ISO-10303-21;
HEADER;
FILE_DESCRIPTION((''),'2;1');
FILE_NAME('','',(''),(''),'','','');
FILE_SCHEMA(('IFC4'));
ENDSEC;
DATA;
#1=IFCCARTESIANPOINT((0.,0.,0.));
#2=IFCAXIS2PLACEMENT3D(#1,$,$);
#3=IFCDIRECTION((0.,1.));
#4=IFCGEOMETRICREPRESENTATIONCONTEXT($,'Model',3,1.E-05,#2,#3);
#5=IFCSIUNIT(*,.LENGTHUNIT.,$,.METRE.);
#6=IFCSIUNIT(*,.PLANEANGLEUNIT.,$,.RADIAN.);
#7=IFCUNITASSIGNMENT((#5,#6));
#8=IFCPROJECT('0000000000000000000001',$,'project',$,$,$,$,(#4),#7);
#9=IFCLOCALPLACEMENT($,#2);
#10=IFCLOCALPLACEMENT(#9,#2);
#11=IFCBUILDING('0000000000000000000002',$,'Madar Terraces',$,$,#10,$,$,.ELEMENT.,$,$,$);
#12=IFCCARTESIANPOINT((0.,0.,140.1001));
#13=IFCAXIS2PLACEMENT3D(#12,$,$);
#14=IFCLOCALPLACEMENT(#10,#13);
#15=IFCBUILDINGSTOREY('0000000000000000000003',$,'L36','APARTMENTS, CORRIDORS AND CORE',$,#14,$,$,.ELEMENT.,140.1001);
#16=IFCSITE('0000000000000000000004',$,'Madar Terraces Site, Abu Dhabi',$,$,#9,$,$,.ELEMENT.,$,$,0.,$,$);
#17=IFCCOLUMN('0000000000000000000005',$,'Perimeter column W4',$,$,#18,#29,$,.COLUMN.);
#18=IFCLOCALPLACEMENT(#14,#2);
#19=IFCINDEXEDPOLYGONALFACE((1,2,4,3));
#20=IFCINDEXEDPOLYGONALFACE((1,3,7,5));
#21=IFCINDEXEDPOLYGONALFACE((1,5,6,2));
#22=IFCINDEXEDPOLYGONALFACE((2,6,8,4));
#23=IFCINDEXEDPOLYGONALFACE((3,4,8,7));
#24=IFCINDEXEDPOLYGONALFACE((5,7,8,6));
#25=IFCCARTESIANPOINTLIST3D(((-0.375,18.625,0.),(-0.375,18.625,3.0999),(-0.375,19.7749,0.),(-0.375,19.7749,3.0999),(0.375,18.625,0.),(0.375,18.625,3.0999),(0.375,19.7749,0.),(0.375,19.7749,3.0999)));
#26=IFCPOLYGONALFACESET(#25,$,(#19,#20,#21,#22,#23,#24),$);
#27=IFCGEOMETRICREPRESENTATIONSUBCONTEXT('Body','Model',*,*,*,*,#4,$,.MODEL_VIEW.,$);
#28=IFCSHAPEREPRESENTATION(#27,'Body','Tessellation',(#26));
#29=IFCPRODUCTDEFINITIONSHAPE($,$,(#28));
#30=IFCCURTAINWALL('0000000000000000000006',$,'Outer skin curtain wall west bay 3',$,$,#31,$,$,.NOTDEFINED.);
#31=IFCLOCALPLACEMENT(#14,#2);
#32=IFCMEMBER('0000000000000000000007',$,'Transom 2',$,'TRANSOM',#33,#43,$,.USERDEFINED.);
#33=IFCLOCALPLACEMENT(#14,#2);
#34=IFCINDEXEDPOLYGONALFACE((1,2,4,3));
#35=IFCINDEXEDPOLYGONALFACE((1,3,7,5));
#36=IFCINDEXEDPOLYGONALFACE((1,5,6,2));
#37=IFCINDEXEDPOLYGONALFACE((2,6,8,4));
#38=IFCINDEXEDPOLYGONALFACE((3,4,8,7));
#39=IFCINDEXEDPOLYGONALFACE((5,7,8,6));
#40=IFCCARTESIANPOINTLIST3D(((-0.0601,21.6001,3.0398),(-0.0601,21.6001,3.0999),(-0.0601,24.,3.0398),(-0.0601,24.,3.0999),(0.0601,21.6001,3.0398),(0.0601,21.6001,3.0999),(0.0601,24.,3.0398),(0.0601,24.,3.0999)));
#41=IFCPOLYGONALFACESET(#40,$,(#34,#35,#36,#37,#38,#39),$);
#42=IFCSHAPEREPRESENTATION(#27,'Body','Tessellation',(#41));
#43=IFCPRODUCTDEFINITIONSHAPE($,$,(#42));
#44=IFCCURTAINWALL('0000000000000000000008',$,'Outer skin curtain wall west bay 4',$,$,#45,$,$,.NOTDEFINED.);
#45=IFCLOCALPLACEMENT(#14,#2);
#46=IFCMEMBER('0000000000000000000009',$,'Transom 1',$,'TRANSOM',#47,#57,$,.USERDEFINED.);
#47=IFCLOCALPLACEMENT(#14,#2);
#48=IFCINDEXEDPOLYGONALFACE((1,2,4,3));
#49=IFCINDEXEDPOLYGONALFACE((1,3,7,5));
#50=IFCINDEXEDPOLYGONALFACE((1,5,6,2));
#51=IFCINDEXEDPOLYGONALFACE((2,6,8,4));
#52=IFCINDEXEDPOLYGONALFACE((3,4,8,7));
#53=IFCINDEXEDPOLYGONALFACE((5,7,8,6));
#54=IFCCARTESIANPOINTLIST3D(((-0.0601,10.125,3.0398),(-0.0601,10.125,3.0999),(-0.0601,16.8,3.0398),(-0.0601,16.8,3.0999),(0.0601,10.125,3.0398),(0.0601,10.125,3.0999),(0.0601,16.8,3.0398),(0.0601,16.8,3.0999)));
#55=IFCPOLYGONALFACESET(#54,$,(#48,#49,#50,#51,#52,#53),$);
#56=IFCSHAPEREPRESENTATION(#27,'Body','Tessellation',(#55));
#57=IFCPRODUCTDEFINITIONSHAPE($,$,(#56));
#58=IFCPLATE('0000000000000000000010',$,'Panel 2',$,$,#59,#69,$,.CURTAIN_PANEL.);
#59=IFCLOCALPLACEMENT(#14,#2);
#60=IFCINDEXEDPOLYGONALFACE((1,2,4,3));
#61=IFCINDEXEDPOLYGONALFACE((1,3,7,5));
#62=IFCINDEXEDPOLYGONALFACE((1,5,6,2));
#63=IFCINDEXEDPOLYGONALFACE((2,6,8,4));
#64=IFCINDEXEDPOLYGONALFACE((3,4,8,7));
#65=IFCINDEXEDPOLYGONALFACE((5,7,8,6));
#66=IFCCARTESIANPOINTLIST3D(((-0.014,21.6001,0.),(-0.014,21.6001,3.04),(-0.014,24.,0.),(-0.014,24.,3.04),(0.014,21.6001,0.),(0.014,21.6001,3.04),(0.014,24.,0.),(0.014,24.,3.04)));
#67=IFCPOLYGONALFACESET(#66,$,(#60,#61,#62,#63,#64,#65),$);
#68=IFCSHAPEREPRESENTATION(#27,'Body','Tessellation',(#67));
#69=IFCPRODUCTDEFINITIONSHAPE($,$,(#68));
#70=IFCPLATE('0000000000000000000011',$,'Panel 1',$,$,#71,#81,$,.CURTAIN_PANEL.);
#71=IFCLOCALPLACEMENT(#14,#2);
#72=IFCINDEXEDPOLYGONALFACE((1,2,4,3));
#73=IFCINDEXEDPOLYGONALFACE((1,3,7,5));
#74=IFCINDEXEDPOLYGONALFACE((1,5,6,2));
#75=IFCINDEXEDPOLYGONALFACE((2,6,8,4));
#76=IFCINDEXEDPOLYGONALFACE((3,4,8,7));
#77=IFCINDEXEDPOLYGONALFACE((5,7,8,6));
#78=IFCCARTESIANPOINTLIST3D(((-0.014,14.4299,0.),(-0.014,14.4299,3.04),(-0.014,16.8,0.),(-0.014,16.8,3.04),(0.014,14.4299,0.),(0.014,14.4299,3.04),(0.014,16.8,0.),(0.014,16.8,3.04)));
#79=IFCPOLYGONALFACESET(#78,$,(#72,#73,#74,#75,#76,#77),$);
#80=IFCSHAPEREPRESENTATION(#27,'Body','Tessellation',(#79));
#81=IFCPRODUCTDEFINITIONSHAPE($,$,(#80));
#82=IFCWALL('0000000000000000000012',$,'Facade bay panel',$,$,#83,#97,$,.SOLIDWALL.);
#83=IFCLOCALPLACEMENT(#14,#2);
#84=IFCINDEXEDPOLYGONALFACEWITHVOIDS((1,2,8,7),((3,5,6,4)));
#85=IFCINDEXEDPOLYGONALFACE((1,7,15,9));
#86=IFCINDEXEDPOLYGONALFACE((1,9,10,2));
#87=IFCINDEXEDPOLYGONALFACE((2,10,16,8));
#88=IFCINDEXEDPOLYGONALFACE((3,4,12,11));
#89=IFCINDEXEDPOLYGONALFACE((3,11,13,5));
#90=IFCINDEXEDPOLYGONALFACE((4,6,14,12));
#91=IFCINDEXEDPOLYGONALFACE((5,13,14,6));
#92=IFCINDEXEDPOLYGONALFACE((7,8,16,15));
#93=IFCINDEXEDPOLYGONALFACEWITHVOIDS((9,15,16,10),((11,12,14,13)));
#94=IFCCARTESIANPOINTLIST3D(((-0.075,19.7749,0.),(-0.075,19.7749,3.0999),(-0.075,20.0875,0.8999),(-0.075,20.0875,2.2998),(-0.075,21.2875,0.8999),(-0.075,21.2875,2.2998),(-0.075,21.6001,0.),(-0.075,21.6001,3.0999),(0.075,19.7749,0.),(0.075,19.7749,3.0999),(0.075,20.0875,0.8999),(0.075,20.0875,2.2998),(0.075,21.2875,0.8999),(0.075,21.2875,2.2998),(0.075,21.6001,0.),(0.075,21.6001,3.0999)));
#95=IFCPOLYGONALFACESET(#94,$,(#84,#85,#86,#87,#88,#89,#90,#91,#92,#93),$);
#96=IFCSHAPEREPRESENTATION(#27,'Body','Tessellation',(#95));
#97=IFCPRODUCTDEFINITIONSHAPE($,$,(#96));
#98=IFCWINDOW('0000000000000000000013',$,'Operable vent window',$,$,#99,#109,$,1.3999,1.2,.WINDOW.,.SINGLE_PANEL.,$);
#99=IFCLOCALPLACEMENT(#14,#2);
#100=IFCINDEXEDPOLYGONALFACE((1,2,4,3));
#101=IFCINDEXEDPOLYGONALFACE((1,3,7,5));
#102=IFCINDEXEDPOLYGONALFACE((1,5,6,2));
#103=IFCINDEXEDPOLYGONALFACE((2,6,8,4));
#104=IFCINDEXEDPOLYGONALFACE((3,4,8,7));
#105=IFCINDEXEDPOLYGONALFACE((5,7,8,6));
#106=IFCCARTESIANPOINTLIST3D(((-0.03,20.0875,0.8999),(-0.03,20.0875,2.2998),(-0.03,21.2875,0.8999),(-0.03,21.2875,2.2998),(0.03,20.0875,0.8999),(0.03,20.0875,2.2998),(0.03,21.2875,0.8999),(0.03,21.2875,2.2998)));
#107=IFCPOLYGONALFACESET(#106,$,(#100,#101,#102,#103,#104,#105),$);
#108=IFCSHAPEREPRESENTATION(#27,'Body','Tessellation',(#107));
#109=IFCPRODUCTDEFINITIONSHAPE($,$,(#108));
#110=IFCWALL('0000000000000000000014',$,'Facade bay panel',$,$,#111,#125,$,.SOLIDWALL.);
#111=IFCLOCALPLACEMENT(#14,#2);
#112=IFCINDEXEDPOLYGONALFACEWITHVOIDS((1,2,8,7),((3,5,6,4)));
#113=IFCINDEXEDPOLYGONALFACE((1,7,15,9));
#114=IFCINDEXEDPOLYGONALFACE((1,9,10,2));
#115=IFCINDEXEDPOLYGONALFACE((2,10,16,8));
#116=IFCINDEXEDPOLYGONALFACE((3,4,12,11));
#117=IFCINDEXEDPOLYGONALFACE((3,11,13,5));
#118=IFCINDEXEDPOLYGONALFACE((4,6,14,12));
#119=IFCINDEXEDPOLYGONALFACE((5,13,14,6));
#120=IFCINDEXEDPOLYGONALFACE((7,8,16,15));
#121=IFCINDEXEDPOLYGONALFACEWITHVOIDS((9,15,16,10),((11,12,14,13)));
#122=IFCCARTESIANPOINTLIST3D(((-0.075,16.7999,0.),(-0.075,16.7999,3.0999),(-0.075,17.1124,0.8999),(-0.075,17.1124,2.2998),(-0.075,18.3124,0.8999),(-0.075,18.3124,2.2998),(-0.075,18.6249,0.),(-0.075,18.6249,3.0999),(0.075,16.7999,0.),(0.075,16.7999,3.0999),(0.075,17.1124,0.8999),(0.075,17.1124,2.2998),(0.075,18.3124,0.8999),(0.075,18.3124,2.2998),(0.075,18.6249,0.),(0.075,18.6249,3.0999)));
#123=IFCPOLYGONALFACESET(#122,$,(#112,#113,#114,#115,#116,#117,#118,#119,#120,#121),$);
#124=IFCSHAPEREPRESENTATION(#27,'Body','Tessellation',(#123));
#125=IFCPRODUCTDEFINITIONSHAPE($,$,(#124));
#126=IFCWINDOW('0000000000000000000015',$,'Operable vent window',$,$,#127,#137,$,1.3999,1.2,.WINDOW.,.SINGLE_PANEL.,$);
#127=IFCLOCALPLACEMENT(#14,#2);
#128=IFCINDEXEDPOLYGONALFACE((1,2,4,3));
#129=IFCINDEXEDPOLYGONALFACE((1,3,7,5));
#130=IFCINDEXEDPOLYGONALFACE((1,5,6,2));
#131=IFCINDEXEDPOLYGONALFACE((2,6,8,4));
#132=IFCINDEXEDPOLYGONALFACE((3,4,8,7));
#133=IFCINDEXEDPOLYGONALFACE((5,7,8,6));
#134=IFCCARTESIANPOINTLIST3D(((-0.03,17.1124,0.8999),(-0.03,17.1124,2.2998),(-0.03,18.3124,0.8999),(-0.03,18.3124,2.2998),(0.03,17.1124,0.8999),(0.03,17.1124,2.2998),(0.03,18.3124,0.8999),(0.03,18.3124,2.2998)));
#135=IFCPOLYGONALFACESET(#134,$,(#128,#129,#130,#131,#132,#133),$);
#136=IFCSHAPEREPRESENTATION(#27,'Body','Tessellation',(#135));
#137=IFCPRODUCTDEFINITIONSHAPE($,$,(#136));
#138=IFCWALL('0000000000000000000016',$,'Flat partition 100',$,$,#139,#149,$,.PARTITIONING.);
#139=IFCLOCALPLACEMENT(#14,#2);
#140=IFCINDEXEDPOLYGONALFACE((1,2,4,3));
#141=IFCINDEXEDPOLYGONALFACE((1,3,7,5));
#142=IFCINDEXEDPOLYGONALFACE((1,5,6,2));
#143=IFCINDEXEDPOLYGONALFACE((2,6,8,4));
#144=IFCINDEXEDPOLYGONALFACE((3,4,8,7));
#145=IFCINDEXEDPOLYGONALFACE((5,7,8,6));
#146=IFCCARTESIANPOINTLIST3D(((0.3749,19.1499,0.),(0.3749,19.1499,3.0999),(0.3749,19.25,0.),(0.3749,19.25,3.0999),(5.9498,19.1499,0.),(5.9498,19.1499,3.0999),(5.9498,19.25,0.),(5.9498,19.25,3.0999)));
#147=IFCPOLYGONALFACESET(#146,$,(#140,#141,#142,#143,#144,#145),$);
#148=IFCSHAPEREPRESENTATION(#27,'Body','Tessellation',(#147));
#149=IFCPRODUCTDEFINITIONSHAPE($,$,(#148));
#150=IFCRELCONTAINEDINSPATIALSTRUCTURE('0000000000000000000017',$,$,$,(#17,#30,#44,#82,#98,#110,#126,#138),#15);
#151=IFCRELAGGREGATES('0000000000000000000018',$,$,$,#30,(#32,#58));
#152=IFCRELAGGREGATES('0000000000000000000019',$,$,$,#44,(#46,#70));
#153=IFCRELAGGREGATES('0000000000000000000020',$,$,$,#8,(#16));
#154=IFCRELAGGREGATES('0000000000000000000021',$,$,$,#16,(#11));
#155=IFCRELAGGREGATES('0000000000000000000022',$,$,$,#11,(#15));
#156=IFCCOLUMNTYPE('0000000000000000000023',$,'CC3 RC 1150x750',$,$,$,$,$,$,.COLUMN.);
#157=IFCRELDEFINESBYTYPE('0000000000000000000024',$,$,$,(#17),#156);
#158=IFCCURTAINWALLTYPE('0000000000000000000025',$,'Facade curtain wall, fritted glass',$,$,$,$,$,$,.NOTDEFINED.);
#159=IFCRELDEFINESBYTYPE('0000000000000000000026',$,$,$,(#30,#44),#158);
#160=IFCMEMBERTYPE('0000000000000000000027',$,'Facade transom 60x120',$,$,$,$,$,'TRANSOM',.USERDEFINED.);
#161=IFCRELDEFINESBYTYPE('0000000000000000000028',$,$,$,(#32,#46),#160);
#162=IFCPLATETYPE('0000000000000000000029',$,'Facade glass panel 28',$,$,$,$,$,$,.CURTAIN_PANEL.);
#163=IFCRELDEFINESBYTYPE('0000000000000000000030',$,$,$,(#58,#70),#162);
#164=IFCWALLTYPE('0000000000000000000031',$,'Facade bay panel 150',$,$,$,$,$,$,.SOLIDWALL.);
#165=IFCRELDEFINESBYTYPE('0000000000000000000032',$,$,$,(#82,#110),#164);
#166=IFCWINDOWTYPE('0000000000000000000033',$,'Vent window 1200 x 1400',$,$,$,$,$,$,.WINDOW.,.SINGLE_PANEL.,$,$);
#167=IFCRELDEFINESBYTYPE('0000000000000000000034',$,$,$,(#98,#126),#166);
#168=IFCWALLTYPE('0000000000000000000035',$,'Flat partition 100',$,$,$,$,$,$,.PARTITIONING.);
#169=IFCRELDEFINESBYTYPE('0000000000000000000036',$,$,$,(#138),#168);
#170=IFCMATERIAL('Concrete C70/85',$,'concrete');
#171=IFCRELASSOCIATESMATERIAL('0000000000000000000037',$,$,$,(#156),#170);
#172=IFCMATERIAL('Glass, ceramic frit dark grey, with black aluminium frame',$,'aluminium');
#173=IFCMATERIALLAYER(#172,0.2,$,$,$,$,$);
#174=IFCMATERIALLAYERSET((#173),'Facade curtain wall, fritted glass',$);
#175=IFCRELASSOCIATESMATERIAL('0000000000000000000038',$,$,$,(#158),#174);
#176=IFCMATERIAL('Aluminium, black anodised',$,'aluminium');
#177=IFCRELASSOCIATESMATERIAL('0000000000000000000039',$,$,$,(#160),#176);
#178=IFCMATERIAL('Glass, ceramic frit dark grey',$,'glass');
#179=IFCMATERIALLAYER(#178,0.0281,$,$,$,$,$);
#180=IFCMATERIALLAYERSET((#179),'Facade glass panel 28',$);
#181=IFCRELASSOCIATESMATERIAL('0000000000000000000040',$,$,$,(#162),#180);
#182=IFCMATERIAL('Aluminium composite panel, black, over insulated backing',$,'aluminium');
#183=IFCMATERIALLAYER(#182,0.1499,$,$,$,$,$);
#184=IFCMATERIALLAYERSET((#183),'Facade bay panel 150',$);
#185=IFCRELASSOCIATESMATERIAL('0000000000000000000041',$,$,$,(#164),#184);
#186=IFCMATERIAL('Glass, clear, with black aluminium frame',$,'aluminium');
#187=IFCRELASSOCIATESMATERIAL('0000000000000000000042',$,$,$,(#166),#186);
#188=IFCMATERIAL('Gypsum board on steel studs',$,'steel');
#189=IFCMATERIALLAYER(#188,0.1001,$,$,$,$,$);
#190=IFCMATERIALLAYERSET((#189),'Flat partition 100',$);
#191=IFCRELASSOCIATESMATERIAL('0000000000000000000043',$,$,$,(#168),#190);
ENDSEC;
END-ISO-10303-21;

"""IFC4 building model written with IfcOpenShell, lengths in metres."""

from ifc_helpers import new_model, si_unit, direction, frame, frame_2d, origin, origin_2d, place, context, subcontext, project, spatial, rectangle, extrude, material, layer, layer_set, material_profile, profile_set, type_object, element, fill, aggregate, save


model = new_model("IFC4")

# Units and contexts
model_context = context("Model", 3, precision=1e-05, world=origin(), true_north=direction((0.0, 1.0)))
body_context = subcontext(model_context, "Body", "Model", "MODEL_VIEW")
ifc_project = project(units=[si_unit("LENGTHUNIT", "METRE"), si_unit("PLANEANGLEUNIT", "RADIAN")], contexts=[model_context])

# Site, building, storey
site_placement = place(None, origin())
site = spatial("IfcSite", under=ifc_project, at=site_placement, Name="Madar Terraces Site, Abu Dhabi", CompositionType="ELEMENT", RefElevation=0.0)
building_placement = place(site_placement, origin())
building = spatial("IfcBuilding", under=site, at=building_placement, Name="Madar Terraces", CompositionType="ELEMENT")
storey_placement = place(building_placement, frame((0.0, 0.0, 140.1001)))
storey = spatial("IfcBuildingStorey", under=building, at=storey_placement, Name="L36", Description="APARTMENTS, CORRIDORS AND CORE", CompositionType="ELEMENT", Elevation=140.1001)

# Column
ifc_material_1 = material(Name="Concrete C70/85", Category="concrete")
ifc_material_profile_1 = material_profile(ifc_material_1, rectangle(XDim=1.1499, YDim=0.75, at=origin_2d()), Name="CC3 RC 1150x750")
ifc_profile_set_1 = profile_set([ifc_material_profile_1], Name="Concrete C70/85")
column_type = type_object("IfcColumnType", Name="CC3 RC 1150x750", PredefinedType="COLUMN", material=ifc_profile_set_1)
column_placement = place(storey_placement, frame((0.0, 19.2, 0.0), z_axis=(0.0, 0.0, 1.0), x_axis=(0.0, 1.0, 0.0)))
element("IfcColumn", 1, at=column_placement, inside=storey, type_object=column_type, Name="Perimeter column W4", PredefinedType="COLUMN", context=body_context, shape_type="SweptSolid", body=[
    extrude(rectangle(XDim=1.1499, YDim=0.75, at=origin_2d()), origin(), (0.0, 0.0, 1.0), 3.0999),
])

# Curtain walls, members
ifc_material_2 = material(Name="Glass, ceramic frit dark grey, with black aluminium frame", Category="aluminium")
ifc_layer_1 = layer(ifc_material_2, 0.2)
ifc_layer_set_1 = layer_set([ifc_layer_1], Name="Facade curtain wall, fritted glass")
curtain_wall_type = type_object("IfcCurtainWallType", Name="Facade curtain wall, fritted glass", PredefinedType="NOTDEFINED", material=ifc_layer_set_1)
curtain_wall_1_placement = place(storey_placement, origin())
curtain_wall_1 = element("IfcCurtainWall", 2, at=curtain_wall_1_placement, inside=storey, type_object=curtain_wall_type, Name="Outer skin curtain wall west bay 3", PredefinedType="NOTDEFINED")
ifc_material_3 = material(Name="Aluminium, black anodised", Category="aluminium")
ifc_material_profile_2 = material_profile(ifc_material_3, rectangle(XDim=0.1201, YDim=0.0601, at=origin_2d()), Name="Facade transom 60x120")
ifc_profile_set_2 = profile_set([ifc_material_profile_2], Name="Aluminium, black anodised")
member_type = type_object("IfcMemberType", Name="Facade transom 60x120", ElementType="TRANSOM", PredefinedType="USERDEFINED", material=ifc_profile_set_2)
member_1_placement = place(storey_placement, frame((0.0, 24.0, 3.0698), z_axis=(0.0, -1.0, 0.0), x_axis=(1.0, 0.0, 0.0)))
member_1 = element("IfcMember", 3, at=member_1_placement, type_object=member_type, Name="Transom 2", ObjectType="TRANSOM", PredefinedType="USERDEFINED", context=body_context, shape_type="SweptSolid", body=[
    extrude(rectangle(XDim=0.1201, YDim=0.0601, at=origin_2d()), origin(), (0.0, 0.0, 1.0), 2.3999),
])
curtain_wall_2_placement = place(storey_placement, origin())
curtain_wall_2 = element("IfcCurtainWall", 4, at=curtain_wall_2_placement, inside=storey, type_object=curtain_wall_type, Name="Outer skin curtain wall west bay 4", PredefinedType="NOTDEFINED")
member_2_placement = place(storey_placement, frame((0.0, 16.8, 3.0698), z_axis=(0.0, -1.0, 0.0), x_axis=(1.0, 0.0, 0.0)))
member_2 = element("IfcMember", 5, at=member_2_placement, type_object=member_type, Name="Transom 1", ObjectType="TRANSOM", PredefinedType="USERDEFINED", context=body_context, shape_type="SweptSolid", body=[
    extrude(rectangle(XDim=0.1201, YDim=0.0601, at=origin_2d()), origin(), (0.0, 0.0, 1.0), 6.675),
])

# Plates
ifc_material_4 = material(Name="Glass, ceramic frit dark grey", Category="glass")
ifc_layer_2 = layer(ifc_material_4, 0.0281)
ifc_layer_set_2 = layer_set([ifc_layer_2], Name="Facade glass panel 28")
plate_type = type_object("IfcPlateType", Name="Facade glass panel 28", PredefinedType="CURTAIN_PANEL", material=ifc_layer_set_2)
plate_1_placement = place(storey_placement, frame((0.0, 22.8, 0.0), z_axis=(0.0, 0.0, 1.0), x_axis=(0.0, -1.0, 0.0)))
plate_1 = element("IfcPlate", 6, at=plate_1_placement, type_object=plate_type, Name="Panel 2", PredefinedType="CURTAIN_PANEL", context=body_context, shape_type="SweptSolid", body=[
    extrude(rectangle(XDim=2.3999, YDim=0.0281, at=origin_2d()), origin(), (0.0, 0.0, 1.0), 3.04),
])
aggregate(curtain_wall_1, [member_1, plate_1])
plate_2_placement = place(storey_placement, frame((0.0, 15.615, 0.0), z_axis=(0.0, 0.0, 1.0), x_axis=(0.0, -1.0, 0.0)))
plate_2 = element("IfcPlate", 7, at=plate_2_placement, type_object=plate_type, Name="Panel 1", PredefinedType="CURTAIN_PANEL", context=body_context, shape_type="SweptSolid", body=[
    extrude(rectangle(XDim=2.3701, YDim=0.0281, at=origin_2d()), origin(), (0.0, 0.0, 1.0), 3.04),
])
aggregate(curtain_wall_2, [member_2, plate_2])

# Walls, openings, windows
ifc_material_5 = material(Name="Aluminium composite panel, black, over insulated backing", Category="aluminium")
ifc_layer_3 = layer(ifc_material_5, 0.1499)
ifc_layer_set_3 = layer_set([ifc_layer_3], Name="Facade bay panel 150")
wall_type_1 = type_object("IfcWallType", Name="Facade bay panel 150", PredefinedType="SOLIDWALL", material=ifc_layer_set_3)
wall_1_placement = place(storey_placement, frame((0.0, 21.6001, 0.0), z_axis=(0.0, 0.0, 1.0), x_axis=(0.0, -1.0, 0.0)))
wall_1 = element("IfcWall", 8, at=wall_1_placement, inside=storey, type_object=wall_type_1, Name="Facade bay panel", PredefinedType="SOLIDWALL", context=body_context, shape_type="SweptSolid", body=[
    extrude(rectangle(XDim=1.8252, YDim=0.1499, at=frame_2d((0.9126, 0.0))), origin(), (0.0, 0.0, 1.0), 3.0999),
])
opening_1_placement = place(wall_1_placement, frame((0.3125, 0.0, 0.8999)))
opening_1 = element("IfcOpeningElement", 9, at=opening_1_placement, cuts=wall_1, PredefinedType="OPENING", context=body_context, shape_type="SweptSolid", body=[
    extrude(rectangle(XDim=1.2, YDim=1.3999, at=frame_2d((0.6001, 0.7))), frame((0.0, 0.085, 0.0), z_axis=(0.0, -1.0, 0.0), x_axis=(1.0, 0.0, 0.0)), (0.0, 0.0, 1.0), 0.1699),
])
ifc_material_6 = material(Name="Glass, clear, with black aluminium frame", Category="aluminium")
window_type = type_object("IfcWindowType", Name="Vent window 1200 x 1400", PartitioningType="SINGLE_PANEL", PredefinedType="WINDOW", material=ifc_material_6)
window_1_placement = place(opening_1_placement, origin())
window_1 = element("IfcWindow", 10, at=window_1_placement, inside=storey, type_object=window_type, Name="Operable vent window", OverallHeight=1.3999, OverallWidth=1.2, PartitioningType="SINGLE_PANEL", PredefinedType="WINDOW", context=body_context, shape_type="SweptSolid", body=[
    extrude(rectangle(XDim=1.2, YDim=1.3999, at=frame_2d((0.6001, 0.7))), frame((0.0, 0.03, 0.0), z_axis=(0.0, -1.0, 0.0), x_axis=(1.0, 0.0, 0.0)), (0.0, 0.0, 1.0), 0.0601),
])
fill(opening_1, window_1)
wall_2_placement = place(storey_placement, frame((0.0, 18.625, 0.0), z_axis=(0.0, 0.0, 1.0), x_axis=(0.0, -1.0, 0.0)))
wall_2 = element("IfcWall", 11, at=wall_2_placement, inside=storey, type_object=wall_type_1, Name="Facade bay panel", PredefinedType="SOLIDWALL", context=body_context, shape_type="SweptSolid", body=[
    extrude(rectangle(XDim=1.825, YDim=0.1499, at=frame_2d((0.9126, 0.0))), origin(), (0.0, 0.0, 1.0), 3.0999),
])
opening_2_placement = place(wall_2_placement, frame((0.3125, 0.0, 0.8999)))
opening_2 = element("IfcOpeningElement", 12, at=opening_2_placement, cuts=wall_2, PredefinedType="OPENING", context=body_context, shape_type="SweptSolid", body=[
    extrude(rectangle(XDim=1.2, YDim=1.3999, at=frame_2d((0.6001, 0.7))), frame((0.0, 0.085, 0.0), z_axis=(0.0, -1.0, 0.0), x_axis=(1.0, 0.0, 0.0)), (0.0, 0.0, 1.0), 0.1699),
])
window_2_placement = place(opening_2_placement, origin())
window_2 = element("IfcWindow", 13, at=window_2_placement, inside=storey, type_object=window_type, Name="Operable vent window", OverallHeight=1.3999, OverallWidth=1.2, PartitioningType="SINGLE_PANEL", PredefinedType="WINDOW", context=body_context, shape_type="SweptSolid", body=[
    extrude(rectangle(XDim=1.2, YDim=1.3999, at=frame_2d((0.6001, 0.7))), frame((0.0, 0.03, 0.0), z_axis=(0.0, -1.0, 0.0), x_axis=(1.0, 0.0, 0.0)), (0.0, 0.0, 1.0), 0.0601),
])
fill(opening_2, window_2)

# Wall
ifc_material_7 = material(Name="Gypsum board on steel studs", Category="steel")
ifc_layer_4 = layer(ifc_material_7, 0.1001)
ifc_layer_set_4 = layer_set([ifc_layer_4], Name="Flat partition 100")
wall_type_2 = type_object("IfcWallType", Name="Flat partition 100", PredefinedType="PARTITIONING", material=ifc_layer_set_4)
wall_3_placement = place(storey_placement, frame((5.95, 19.2, 0.0), z_axis=(0.0, 0.0, 1.0), x_axis=(-1.0, 0.0, 0.0)))
element("IfcWall", 14, at=wall_3_placement, inside=storey, type_object=wall_type_2, Name="Flat partition 100", PredefinedType="PARTITIONING", context=body_context, shape_type="SweptSolid", body=[
    extrude(rectangle(XDim=5.575, YDim=0.1001, at=frame_2d((2.7876, 0.0))), origin(), (0.0, 0.0, 1.0), 3.0999),
])

save(model, "model.ifc")
